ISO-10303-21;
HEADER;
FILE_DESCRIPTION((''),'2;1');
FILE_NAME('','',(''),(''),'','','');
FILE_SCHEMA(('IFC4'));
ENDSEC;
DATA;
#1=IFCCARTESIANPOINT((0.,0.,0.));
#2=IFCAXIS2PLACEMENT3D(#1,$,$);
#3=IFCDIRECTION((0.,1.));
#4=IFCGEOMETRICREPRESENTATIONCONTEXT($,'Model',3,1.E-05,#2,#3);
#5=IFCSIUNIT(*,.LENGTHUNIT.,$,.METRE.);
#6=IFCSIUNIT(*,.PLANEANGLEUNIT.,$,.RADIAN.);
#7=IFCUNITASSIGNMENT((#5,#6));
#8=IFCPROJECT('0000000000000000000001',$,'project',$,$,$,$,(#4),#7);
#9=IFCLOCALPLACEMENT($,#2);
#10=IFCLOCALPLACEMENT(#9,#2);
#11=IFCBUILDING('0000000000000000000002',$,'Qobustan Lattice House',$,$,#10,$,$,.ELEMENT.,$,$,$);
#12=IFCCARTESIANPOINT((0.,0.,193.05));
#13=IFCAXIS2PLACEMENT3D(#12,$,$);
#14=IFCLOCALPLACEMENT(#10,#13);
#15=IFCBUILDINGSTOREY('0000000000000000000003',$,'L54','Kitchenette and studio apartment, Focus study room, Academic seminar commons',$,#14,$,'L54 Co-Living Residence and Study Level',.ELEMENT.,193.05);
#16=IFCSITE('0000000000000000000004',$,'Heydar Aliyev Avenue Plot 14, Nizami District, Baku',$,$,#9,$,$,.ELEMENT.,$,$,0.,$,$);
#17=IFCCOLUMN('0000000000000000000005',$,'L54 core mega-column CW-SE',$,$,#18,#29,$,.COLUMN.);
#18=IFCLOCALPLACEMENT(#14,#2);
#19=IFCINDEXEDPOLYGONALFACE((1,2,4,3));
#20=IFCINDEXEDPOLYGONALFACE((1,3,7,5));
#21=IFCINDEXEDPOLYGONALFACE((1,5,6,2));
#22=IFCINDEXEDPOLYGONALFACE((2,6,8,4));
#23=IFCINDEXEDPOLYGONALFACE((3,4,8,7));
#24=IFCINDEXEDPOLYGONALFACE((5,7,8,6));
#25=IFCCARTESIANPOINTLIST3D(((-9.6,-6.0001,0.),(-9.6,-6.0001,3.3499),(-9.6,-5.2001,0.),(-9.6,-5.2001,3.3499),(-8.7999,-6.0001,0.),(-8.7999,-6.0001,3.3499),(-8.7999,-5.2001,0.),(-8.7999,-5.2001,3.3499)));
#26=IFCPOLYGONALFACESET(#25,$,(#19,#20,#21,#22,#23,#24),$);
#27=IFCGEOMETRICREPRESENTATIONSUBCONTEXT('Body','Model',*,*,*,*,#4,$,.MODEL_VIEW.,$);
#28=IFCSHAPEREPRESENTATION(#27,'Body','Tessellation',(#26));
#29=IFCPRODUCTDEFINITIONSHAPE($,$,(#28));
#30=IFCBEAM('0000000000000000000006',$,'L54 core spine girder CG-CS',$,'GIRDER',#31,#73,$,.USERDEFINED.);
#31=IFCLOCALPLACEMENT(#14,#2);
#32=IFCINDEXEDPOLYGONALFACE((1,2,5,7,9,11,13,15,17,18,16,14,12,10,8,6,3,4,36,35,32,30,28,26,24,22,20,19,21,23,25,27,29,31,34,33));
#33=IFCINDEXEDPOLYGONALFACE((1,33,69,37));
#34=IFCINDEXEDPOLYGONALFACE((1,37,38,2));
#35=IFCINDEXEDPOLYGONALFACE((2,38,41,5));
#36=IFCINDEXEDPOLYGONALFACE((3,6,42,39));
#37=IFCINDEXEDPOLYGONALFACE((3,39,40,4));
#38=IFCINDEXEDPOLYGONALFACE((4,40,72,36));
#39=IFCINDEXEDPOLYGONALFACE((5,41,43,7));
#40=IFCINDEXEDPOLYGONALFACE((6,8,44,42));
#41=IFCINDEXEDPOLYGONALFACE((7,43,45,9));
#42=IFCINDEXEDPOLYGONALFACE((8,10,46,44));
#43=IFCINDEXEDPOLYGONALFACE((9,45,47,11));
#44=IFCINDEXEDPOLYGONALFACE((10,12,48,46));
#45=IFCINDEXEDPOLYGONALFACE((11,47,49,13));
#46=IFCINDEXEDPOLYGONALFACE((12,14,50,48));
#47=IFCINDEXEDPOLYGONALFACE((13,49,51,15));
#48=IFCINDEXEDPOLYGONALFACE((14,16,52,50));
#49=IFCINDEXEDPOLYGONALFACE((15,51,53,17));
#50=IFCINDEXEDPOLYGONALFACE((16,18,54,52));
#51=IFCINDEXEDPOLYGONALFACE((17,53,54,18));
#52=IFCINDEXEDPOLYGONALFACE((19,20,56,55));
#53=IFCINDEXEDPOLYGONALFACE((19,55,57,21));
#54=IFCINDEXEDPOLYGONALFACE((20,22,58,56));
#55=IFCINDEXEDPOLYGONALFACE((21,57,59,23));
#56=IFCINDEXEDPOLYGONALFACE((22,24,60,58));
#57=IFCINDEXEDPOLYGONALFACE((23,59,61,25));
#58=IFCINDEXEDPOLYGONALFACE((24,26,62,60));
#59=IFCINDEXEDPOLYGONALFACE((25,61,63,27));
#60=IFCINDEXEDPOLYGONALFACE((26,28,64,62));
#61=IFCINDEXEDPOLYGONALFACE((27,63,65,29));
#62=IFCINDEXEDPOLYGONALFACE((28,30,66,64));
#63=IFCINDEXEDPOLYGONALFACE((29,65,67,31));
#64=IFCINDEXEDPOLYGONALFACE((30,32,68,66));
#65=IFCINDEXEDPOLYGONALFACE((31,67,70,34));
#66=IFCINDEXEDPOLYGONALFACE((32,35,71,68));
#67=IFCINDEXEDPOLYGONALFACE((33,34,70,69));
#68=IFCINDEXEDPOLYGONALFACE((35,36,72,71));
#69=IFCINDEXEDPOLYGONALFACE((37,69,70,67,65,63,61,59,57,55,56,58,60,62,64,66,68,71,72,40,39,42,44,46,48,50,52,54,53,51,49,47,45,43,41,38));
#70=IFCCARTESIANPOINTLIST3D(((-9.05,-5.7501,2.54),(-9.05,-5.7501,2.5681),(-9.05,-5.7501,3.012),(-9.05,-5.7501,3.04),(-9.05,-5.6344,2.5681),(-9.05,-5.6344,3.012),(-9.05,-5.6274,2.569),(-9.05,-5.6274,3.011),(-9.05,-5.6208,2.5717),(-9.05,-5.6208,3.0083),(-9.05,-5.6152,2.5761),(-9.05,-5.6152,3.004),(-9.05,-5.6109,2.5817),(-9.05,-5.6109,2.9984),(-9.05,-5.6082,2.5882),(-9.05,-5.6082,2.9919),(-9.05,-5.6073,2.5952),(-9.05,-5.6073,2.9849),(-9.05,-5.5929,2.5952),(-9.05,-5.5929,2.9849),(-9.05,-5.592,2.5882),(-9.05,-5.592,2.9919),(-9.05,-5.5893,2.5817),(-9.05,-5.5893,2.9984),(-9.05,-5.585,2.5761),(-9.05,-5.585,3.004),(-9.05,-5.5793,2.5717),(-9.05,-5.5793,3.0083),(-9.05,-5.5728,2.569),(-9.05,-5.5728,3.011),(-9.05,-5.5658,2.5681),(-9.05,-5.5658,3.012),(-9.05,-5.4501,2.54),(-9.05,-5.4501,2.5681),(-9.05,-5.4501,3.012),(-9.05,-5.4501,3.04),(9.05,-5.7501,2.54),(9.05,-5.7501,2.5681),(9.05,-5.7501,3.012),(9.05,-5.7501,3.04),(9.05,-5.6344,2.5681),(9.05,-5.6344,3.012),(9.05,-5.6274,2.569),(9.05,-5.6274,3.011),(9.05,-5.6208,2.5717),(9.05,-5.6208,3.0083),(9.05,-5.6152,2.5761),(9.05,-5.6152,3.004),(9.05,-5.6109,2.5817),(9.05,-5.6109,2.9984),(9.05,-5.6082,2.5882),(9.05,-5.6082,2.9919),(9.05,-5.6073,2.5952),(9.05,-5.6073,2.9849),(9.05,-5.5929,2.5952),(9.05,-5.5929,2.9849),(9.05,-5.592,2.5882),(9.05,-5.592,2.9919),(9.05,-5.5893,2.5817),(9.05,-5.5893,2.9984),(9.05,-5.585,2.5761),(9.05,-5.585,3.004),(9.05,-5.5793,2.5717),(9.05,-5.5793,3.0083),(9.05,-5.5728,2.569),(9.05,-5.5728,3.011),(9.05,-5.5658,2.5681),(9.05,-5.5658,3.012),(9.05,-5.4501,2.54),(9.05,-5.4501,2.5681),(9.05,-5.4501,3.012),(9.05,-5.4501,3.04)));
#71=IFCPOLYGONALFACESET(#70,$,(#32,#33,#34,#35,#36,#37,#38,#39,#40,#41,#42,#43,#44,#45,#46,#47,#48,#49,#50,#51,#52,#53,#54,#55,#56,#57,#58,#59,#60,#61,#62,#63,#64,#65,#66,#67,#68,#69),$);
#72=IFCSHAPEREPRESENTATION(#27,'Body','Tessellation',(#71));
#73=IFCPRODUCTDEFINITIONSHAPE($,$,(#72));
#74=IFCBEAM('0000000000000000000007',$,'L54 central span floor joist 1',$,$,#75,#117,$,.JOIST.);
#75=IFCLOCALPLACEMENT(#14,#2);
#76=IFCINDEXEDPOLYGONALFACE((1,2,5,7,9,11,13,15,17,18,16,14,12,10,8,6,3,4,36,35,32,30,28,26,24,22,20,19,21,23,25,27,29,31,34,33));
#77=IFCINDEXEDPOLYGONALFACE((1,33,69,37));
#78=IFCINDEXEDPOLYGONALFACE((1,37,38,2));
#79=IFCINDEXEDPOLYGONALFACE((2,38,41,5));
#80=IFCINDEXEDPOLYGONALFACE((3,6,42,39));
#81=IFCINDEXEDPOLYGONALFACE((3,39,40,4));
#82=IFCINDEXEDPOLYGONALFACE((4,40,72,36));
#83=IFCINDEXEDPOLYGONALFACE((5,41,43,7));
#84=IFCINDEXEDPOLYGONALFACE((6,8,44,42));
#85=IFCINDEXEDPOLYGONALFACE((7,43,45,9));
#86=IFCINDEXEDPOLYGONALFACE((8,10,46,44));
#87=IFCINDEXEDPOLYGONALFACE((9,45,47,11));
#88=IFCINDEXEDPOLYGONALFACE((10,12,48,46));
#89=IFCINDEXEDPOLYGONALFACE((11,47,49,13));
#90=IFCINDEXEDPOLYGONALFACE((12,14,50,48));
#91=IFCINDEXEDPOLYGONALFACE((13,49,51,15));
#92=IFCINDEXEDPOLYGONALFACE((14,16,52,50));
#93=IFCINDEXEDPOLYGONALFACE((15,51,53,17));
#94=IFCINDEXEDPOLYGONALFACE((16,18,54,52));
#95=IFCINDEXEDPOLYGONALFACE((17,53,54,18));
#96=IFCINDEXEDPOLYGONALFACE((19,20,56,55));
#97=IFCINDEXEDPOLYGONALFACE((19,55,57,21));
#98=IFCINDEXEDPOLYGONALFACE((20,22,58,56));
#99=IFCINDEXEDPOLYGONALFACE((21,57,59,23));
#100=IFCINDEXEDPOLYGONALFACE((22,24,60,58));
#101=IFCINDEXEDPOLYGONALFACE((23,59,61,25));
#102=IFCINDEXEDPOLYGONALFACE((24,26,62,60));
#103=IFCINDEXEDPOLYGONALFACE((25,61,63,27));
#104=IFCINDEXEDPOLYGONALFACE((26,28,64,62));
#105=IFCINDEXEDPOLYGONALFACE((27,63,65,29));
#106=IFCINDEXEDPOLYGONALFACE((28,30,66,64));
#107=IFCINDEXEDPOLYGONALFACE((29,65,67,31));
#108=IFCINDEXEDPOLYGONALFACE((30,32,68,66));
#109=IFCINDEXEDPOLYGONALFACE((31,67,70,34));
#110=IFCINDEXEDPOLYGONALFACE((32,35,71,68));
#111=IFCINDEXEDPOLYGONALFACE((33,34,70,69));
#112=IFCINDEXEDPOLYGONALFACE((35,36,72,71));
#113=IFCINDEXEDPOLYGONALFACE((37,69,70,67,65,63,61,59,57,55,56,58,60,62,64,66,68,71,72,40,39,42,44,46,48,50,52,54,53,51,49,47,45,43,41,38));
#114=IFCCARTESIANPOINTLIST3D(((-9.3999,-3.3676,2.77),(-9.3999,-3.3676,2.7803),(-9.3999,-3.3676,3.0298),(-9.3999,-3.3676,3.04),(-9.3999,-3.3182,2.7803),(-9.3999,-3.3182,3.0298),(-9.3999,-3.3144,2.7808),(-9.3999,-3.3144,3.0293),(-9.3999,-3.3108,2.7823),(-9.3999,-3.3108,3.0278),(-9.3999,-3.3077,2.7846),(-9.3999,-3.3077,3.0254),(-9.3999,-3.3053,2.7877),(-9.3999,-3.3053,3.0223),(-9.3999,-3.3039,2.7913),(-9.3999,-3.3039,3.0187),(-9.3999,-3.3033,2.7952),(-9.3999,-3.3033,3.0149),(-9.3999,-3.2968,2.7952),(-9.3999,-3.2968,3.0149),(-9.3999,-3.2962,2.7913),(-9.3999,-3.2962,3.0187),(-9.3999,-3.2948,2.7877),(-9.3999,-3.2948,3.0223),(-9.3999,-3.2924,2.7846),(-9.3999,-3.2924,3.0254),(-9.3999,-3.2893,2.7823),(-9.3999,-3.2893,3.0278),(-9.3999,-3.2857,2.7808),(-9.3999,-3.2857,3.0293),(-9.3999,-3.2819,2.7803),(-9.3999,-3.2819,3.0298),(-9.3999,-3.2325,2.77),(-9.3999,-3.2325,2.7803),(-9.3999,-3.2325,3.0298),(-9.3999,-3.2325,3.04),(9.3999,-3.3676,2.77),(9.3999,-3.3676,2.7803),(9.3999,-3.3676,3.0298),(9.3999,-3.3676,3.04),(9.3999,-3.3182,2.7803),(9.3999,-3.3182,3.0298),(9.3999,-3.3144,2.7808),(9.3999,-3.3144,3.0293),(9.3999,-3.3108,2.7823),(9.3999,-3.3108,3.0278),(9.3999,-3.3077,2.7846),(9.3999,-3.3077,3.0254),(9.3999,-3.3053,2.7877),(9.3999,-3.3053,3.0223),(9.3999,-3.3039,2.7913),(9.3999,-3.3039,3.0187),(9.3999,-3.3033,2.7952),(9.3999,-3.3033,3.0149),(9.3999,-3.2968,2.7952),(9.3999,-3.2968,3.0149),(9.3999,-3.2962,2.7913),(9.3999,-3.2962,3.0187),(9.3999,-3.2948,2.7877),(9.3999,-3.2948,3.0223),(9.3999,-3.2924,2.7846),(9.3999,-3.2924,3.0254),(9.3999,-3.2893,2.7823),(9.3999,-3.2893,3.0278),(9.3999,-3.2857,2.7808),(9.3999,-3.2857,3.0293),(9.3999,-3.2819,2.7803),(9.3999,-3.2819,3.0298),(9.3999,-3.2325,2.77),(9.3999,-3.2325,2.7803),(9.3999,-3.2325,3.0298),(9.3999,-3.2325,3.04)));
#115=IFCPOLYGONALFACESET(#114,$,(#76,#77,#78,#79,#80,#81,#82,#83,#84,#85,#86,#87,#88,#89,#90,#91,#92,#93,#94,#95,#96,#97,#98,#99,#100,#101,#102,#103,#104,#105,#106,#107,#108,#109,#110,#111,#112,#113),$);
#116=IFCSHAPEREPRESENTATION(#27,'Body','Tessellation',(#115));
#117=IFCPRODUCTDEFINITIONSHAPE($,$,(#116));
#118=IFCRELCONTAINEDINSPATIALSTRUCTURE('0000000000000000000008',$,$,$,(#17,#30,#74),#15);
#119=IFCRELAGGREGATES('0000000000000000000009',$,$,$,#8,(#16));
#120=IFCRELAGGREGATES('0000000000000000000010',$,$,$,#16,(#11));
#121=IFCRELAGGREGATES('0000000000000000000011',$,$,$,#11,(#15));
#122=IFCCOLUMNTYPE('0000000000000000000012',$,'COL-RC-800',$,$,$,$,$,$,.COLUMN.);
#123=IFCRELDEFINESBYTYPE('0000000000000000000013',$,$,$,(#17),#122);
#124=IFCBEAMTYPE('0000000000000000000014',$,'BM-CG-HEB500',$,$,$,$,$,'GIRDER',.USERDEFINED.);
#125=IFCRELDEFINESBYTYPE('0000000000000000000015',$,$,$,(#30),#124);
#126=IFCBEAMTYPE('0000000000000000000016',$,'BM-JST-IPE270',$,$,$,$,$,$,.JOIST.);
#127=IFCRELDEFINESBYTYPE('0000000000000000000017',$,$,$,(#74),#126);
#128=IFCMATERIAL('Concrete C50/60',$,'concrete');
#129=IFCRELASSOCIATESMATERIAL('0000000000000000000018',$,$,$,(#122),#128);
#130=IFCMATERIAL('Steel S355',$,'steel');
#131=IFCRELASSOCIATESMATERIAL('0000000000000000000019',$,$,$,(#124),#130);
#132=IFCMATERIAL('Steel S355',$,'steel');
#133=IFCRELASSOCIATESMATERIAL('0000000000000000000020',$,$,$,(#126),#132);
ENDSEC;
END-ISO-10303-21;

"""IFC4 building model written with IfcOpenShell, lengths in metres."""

from ifc_helpers import new_model, si_unit, direction, frame, origin, origin_2d, place, context, subcontext, project, spatial, rectangle, i_section, extrude, material, material_profile, profile_set, type_object, element, save


model = new_model("IFC4")

# Units and contexts
model_context = context("Model", 3, precision=1e-05, world=origin(), true_north=direction((0.0, 1.0)))
body_context = subcontext(model_context, "Body", "Model", "MODEL_VIEW")
ifc_project = project(units=[si_unit("LENGTHUNIT", "METRE"), si_unit("PLANEANGLEUNIT", "RADIAN")], contexts=[model_context])

# Site, building, storey
site_placement = place(None, origin())
site = spatial("IfcSite", under=ifc_project, at=site_placement, Name="Heydar Aliyev Avenue Plot 14, Nizami District, Baku", CompositionType="ELEMENT", RefElevation=0.0)
building_placement = place(site_placement, origin())
building = spatial("IfcBuilding", under=site, at=building_placement, Name="Qobustan Lattice House", CompositionType="ELEMENT")
storey_placement = place(building_placement, frame((0.0, 0.0, 193.05)))
storey = spatial("IfcBuildingStorey", under=building, at=storey_placement, Name="L54", Description="Kitchenette and studio apartment, Focus study room, Academic seminar commons", LongName="L54 Co-Living Residence and Study Level", CompositionType="ELEMENT", Elevation=193.05)

# Column
ifc_material_1 = material(Name="Concrete C50/60", Category="concrete")
ifc_material_profile_1 = material_profile(ifc_material_1, rectangle(XDim=0.8, YDim=0.8, at=origin_2d()), Name="RC800x800")
ifc_profile_set_1 = profile_set([ifc_material_profile_1], Name="Concrete C50/60")
column_type = type_object("IfcColumnType", Name="COL-RC-800", PredefinedType="COLUMN", material=ifc_profile_set_1)
column_placement = place(storey_placement, frame((-9.2, -5.6001, 0.0), z_axis=(0.0, 0.0, 1.0), x_axis=(1.0, 0.0, 0.0)))
element("IfcColumn", 1, at=column_placement, inside=storey, type_object=column_type, Name="L54 core mega-column CW-SE", PredefinedType="COLUMN", context=body_context, shape_type="SweptSolid", body=[
    extrude(rectangle(XDim=0.8, YDim=0.8, at=origin_2d()), origin(), (0.0, 0.0, 1.0), 3.3499),
])

# Beams
ifc_material_2 = material(Name="Steel S355", Category="steel")
ifc_material_profile_2 = material_profile(ifc_material_2, i_section(OverallWidth=0.3, OverallDepth=0.5, WebThickness=0.0144, FlangeThickness=0.0281, FilletRadius=0.0271, at=origin_2d()), Name="HEB500")
ifc_profile_set_2 = profile_set([ifc_material_profile_2], Name="Steel S355")
beam_type_1 = type_object("IfcBeamType", Name="BM-CG-HEB500", ElementType="GIRDER", PredefinedType="USERDEFINED", material=ifc_profile_set_2)
beam_1_placement = place(storey_placement, frame((-9.05, -5.6001, 2.79), z_axis=(1.0, 0.0, 0.0), x_axis=(0.0, 1.0, 0.0)))
element("IfcBeam", 2, at=beam_1_placement, inside=storey, type_object=beam_type_1, Name="L54 core spine girder CG-CS", ObjectType="GIRDER", PredefinedType="USERDEFINED", context=body_context, shape_type="SweptSolid", body=[
    extrude(i_section(OverallWidth=0.3, OverallDepth=0.5, WebThickness=0.0144, FlangeThickness=0.0281, FilletRadius=0.0271, at=origin_2d()), origin(), (0.0, 0.0, 1.0), 18.1001),
])
ifc_material_3 = material(Name="Steel S355", Category="steel")
ifc_material_profile_3 = material_profile(ifc_material_3, i_section(OverallWidth=0.135, OverallDepth=0.27, WebThickness=0.0066, FlangeThickness=0.0103, FilletRadius=0.0149, at=origin_2d()), Name="IPE270")
ifc_profile_set_3 = profile_set([ifc_material_profile_3], Name="Steel S355")
beam_type_2 = type_object("IfcBeamType", Name="BM-JST-IPE270", PredefinedType="JOIST", material=ifc_profile_set_3)
beam_2_placement = place(storey_placement, frame((-9.3999, -3.3, 2.905), z_axis=(1.0, 0.0, 0.0), x_axis=(0.0, 1.0, 0.0)))
element("IfcBeam", 3, at=beam_2_placement, inside=storey, type_object=beam_type_2, Name="L54 central span floor joist 1", PredefinedType="JOIST", context=body_context, shape_type="SweptSolid", body=[
    extrude(i_section(OverallWidth=0.135, OverallDepth=0.27, WebThickness=0.0066, FlangeThickness=0.0103, FilletRadius=0.0149, at=origin_2d()), origin(), (0.0, 0.0, 1.0), 18.7998),
])

save(model, "model.ifc")
